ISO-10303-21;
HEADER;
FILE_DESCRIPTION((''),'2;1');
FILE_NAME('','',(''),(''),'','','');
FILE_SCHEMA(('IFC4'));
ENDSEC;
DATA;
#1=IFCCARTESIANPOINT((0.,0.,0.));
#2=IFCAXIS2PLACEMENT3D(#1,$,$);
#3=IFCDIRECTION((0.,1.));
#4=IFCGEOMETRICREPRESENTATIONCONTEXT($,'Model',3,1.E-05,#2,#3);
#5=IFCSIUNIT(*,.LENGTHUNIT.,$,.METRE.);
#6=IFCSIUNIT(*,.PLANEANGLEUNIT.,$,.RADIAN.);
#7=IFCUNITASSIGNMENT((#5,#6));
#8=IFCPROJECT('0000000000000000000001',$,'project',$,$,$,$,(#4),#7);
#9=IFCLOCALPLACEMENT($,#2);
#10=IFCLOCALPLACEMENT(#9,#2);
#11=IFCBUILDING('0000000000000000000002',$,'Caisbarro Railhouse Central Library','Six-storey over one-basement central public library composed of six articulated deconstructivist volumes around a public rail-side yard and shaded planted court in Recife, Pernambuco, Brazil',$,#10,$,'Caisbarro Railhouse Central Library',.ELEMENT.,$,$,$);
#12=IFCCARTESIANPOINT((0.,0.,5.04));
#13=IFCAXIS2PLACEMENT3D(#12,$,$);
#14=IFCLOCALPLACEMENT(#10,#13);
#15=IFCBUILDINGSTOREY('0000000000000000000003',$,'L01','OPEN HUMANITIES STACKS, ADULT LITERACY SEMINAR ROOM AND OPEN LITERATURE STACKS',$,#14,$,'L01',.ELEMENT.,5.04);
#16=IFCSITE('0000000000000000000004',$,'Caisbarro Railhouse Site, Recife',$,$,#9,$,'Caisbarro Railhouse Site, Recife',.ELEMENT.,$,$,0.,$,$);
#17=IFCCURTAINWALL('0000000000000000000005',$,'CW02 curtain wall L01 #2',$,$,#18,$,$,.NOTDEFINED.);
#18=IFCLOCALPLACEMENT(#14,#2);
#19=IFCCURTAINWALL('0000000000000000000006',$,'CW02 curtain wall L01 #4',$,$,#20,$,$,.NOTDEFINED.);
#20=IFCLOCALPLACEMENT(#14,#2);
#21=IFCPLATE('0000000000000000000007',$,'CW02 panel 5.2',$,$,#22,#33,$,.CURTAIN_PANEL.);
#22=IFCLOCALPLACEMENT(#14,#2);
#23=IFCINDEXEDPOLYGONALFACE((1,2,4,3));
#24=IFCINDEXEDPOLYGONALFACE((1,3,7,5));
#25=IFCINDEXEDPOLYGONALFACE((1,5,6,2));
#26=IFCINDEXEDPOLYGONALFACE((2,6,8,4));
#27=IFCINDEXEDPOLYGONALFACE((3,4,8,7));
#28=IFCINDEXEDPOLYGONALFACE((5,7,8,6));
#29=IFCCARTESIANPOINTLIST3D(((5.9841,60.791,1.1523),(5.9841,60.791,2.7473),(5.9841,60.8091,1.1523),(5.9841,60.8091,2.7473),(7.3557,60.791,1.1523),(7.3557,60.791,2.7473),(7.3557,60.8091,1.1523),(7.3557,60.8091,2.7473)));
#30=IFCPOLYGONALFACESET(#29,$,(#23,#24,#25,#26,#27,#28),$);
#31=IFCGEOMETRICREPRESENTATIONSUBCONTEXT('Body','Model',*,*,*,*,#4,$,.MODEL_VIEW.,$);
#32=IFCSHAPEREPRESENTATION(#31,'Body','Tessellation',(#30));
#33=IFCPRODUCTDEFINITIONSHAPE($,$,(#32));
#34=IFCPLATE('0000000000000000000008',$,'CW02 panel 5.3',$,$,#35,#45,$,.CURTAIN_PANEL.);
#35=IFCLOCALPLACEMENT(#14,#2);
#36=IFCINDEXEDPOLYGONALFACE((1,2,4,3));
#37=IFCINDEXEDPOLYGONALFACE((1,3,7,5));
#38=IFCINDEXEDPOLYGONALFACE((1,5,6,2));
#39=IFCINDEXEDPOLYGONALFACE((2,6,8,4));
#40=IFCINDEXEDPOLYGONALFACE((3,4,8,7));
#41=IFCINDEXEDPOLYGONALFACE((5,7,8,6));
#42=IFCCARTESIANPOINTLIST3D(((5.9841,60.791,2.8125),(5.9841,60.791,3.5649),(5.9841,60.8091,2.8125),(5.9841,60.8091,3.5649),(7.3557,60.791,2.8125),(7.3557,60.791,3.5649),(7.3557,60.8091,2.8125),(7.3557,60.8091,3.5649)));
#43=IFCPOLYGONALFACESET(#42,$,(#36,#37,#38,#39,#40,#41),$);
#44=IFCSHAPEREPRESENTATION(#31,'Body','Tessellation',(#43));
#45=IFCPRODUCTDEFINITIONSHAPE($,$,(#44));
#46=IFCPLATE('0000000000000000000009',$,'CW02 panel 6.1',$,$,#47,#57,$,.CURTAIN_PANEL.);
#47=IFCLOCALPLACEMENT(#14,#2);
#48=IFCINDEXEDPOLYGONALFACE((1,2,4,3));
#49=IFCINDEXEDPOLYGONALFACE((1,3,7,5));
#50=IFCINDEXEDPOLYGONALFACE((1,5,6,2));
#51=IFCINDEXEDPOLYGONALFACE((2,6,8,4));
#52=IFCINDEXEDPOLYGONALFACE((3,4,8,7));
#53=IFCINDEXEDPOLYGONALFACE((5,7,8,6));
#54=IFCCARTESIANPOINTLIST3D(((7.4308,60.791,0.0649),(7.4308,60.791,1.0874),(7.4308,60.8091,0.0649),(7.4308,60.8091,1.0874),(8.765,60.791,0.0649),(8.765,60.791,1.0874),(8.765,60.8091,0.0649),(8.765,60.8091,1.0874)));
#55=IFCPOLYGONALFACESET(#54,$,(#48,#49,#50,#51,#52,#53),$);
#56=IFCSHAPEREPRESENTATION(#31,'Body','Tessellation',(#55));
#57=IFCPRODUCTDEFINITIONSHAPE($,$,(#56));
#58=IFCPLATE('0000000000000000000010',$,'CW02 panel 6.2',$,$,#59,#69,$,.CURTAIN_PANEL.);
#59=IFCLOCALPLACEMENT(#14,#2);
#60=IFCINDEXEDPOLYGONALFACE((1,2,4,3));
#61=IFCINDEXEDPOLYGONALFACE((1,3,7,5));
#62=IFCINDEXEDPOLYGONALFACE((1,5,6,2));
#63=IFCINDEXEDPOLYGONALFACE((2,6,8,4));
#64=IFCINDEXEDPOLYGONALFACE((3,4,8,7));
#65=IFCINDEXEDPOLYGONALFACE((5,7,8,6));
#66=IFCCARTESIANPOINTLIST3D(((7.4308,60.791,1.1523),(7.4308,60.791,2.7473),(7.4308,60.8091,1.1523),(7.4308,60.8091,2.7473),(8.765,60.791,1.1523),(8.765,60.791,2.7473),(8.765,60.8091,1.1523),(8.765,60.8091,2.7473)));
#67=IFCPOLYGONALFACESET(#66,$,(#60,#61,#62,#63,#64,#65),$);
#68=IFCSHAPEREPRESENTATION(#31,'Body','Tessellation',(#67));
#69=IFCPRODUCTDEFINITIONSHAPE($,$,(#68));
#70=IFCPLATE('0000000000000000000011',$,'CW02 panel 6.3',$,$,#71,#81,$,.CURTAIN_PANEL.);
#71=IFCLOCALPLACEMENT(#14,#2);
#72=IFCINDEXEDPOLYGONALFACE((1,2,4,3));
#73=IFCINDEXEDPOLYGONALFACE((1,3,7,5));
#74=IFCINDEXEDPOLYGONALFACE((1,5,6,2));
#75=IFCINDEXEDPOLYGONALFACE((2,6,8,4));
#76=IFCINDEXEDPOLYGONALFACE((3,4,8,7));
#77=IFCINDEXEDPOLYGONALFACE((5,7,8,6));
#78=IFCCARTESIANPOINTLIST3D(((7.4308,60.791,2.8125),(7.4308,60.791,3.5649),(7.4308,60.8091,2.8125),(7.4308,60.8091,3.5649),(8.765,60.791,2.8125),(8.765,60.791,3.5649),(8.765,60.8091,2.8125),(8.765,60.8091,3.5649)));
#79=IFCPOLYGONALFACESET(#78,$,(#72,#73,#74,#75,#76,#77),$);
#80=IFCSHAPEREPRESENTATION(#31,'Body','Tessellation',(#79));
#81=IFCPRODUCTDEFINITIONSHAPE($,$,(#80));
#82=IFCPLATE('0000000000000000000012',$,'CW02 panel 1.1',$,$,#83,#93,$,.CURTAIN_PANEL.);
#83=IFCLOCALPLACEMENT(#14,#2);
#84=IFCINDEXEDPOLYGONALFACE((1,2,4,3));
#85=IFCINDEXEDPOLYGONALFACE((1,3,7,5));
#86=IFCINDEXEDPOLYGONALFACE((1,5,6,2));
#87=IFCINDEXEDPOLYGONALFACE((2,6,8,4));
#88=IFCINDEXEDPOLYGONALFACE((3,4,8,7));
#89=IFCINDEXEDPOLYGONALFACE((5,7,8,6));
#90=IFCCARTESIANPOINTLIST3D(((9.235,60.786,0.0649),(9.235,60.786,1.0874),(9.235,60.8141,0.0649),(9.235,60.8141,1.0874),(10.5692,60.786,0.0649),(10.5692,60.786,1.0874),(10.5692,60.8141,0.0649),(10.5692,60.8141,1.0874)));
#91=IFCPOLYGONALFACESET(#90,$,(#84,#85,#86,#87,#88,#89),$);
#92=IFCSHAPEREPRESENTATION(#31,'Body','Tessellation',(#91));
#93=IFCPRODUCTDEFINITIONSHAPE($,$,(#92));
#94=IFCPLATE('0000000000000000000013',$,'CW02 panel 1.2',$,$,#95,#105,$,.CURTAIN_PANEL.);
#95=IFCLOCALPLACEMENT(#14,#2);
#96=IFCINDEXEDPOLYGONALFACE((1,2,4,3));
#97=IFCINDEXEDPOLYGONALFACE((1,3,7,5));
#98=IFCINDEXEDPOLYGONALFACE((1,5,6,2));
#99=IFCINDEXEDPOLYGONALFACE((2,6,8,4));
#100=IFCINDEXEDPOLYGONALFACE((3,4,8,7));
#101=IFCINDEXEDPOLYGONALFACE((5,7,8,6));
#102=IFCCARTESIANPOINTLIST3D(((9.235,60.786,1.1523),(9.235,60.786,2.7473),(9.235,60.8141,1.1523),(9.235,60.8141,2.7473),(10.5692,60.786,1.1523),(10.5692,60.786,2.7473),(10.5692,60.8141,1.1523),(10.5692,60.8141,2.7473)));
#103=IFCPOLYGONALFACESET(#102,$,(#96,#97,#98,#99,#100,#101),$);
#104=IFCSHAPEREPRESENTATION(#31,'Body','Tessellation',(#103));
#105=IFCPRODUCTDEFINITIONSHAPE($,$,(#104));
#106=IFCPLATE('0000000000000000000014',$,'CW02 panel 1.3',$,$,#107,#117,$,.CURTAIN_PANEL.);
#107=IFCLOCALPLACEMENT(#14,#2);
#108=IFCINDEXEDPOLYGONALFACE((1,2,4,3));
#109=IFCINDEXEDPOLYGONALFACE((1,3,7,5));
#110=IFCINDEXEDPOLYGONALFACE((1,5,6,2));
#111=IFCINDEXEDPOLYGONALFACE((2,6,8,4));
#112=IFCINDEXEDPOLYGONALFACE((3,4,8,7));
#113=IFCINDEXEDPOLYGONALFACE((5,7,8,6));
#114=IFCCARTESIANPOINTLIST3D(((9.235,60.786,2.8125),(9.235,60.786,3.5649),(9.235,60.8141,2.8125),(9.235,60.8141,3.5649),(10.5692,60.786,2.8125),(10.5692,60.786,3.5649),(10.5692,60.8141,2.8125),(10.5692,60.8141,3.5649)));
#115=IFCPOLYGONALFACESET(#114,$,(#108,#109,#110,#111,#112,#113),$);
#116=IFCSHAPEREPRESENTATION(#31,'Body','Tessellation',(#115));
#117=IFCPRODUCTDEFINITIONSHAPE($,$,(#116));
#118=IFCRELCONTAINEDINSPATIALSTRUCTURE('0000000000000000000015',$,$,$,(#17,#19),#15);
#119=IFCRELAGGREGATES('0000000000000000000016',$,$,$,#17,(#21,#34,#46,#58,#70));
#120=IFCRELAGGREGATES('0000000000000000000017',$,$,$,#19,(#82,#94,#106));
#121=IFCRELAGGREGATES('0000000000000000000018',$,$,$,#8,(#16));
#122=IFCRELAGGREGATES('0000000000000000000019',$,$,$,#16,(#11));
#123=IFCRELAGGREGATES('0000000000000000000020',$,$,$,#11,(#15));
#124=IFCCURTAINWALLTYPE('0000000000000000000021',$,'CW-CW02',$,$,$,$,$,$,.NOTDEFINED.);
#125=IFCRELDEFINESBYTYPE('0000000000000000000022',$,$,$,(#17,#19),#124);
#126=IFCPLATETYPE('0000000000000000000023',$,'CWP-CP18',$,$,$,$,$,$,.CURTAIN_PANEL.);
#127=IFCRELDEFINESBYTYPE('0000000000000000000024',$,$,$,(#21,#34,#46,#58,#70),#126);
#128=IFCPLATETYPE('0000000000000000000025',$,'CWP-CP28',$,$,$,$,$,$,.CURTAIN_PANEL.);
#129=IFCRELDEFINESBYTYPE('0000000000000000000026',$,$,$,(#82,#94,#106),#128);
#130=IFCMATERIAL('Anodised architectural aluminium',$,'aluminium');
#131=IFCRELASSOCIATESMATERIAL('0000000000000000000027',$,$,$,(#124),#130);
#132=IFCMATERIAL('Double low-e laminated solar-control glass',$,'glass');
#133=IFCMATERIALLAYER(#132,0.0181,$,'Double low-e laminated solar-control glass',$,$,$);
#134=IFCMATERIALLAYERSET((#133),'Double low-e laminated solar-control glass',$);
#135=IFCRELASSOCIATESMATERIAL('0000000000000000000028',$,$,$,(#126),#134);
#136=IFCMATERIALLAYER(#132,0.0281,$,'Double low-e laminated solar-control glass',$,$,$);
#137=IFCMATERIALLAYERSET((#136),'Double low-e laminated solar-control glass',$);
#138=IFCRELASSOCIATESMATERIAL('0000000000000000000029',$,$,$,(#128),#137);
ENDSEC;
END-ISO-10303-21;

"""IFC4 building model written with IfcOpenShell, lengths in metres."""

from ifc_helpers import new_model, si_unit, direction, frame, origin, origin_2d, place, context, subcontext, project, spatial, rectangle, extrude, material, layer, layer_set, type_object, element, aggregate, save


model = new_model("IFC4")

# Units and contexts
model_context = context("Model", 3, precision=1e-05, world=origin(), true_north=direction((0.0, 1.0)))
body_context = subcontext(model_context, "Body", "Model", "MODEL_VIEW")
ifc_project = project(units=[si_unit("LENGTHUNIT", "METRE"), si_unit("PLANEANGLEUNIT", "RADIAN")], contexts=[model_context])

# Site, building, storey
site_placement = place(None, origin())
site = spatial("IfcSite", under=ifc_project, at=site_placement, Name="Caisbarro Railhouse Site, Recife", LongName="Caisbarro Railhouse Site, Recife", CompositionType="ELEMENT", RefElevation=0.0)
building_placement = place(site_placement, origin())
building = spatial("IfcBuilding", under=site, at=building_placement, Name="Caisbarro Railhouse Central Library", Description="Six-storey over one-basement central public library composed of six articulated deconstructivist volumes around a public rail-side yard and shaded planted court in Recife, Pernambuco, Brazil", LongName="Caisbarro Railhouse Central Library", CompositionType="ELEMENT")
storey_placement = place(building_placement, frame((0.0, 0.0, 5.04)))
storey = spatial("IfcBuildingStorey", under=building, at=storey_placement, Name="L01", Description="OPEN HUMANITIES STACKS, ADULT LITERACY SEMINAR ROOM AND OPEN LITERATURE STACKS", LongName="L01", CompositionType="ELEMENT", Elevation=5.04)

# Curtain walls
ifc_material_1 = material(Name="Anodised architectural aluminium", Category="aluminium")
curtain_wall_type = type_object("IfcCurtainWallType", Name="CW-CW02", PredefinedType="NOTDEFINED", material=ifc_material_1)
curtain_wall_1_placement = place(storey_placement, origin())
curtain_wall_1 = element("IfcCurtainWall", 1, at=curtain_wall_1_placement, inside=storey, type_object=curtain_wall_type, Name="CW02 curtain wall L01 #2", PredefinedType="NOTDEFINED")
curtain_wall_2_placement = place(storey_placement, origin())
curtain_wall_2 = element("IfcCurtainWall", 2, at=curtain_wall_2_placement, inside=storey, type_object=curtain_wall_type, Name="CW02 curtain wall L01 #4", PredefinedType="NOTDEFINED")

# Plates
ifc_material_2 = material(Name="Double low-e laminated solar-control glass", Category="glass")
ifc_layer_1 = layer(ifc_material_2, 0.0181, Name="Double low-e laminated solar-control glass")
ifc_layer_set_1 = layer_set([ifc_layer_1], Name="Double low-e laminated solar-control glass")
plate_type_1 = type_object("IfcPlateType", Name="CWP-CP18", PredefinedType="CURTAIN_PANEL", material=ifc_layer_set_1)
plate_1_placement = place(storey_placement, frame((6.6699, 60.8, 1.1523), z_axis=(0.0, 0.0, 1.0), x_axis=(1.0, 0.0, 0.0)))
plate_1 = element("IfcPlate", 3, at=plate_1_placement, type_object=plate_type_1, Name="CW02 panel 5.2", PredefinedType="CURTAIN_PANEL", context=body_context, shape_type="SweptSolid", body=[
    extrude(rectangle(XDim=1.3716, YDim=0.0181, at=origin_2d()), origin(), (0.0, 0.0, 1.0), 1.595),
])
plate_2_placement = place(storey_placement, frame((6.6699, 60.8, 2.8125), z_axis=(0.0, 0.0, 1.0), x_axis=(1.0, 0.0, 0.0)))
plate_2 = element("IfcPlate", 4, at=plate_2_placement, type_object=plate_type_1, Name="CW02 panel 5.3", PredefinedType="CURTAIN_PANEL", context=body_context, shape_type="SweptSolid", body=[
    extrude(rectangle(XDim=1.3716, YDim=0.0181, at=origin_2d()), origin(), (0.0, 0.0, 1.0), 0.7524),
])
plate_3_placement = place(storey_placement, frame((8.0979, 60.8, 0.0649), z_axis=(0.0, 0.0, 1.0), x_axis=(1.0, 0.0, 0.0)))
plate_3 = element("IfcPlate", 5, at=plate_3_placement, type_object=plate_type_1, Name="CW02 panel 6.1", PredefinedType="CURTAIN_PANEL", context=body_context, shape_type="SweptSolid", body=[
    extrude(rectangle(XDim=1.3342, YDim=0.0181, at=origin_2d()), origin(), (0.0, 0.0, 1.0), 1.0225),
])
plate_4_placement = place(storey_placement, frame((8.0979, 60.8, 1.1523), z_axis=(0.0, 0.0, 1.0), x_axis=(1.0, 0.0, 0.0)))
plate_4 = element("IfcPlate", 6, at=plate_4_placement, type_object=plate_type_1, Name="CW02 panel 6.2", PredefinedType="CURTAIN_PANEL", context=body_context, shape_type="SweptSolid", body=[
    extrude(rectangle(XDim=1.3342, YDim=0.0181, at=origin_2d()), origin(), (0.0, 0.0, 1.0), 1.595),
])
plate_5_placement = place(storey_placement, frame((8.0979, 60.8, 2.8125), z_axis=(0.0, 0.0, 1.0), x_axis=(1.0, 0.0, 0.0)))
plate_5 = element("IfcPlate", 7, at=plate_5_placement, type_object=plate_type_1, Name="CW02 panel 6.3", PredefinedType="CURTAIN_PANEL", context=body_context, shape_type="SweptSolid", body=[
    extrude(rectangle(XDim=1.3342, YDim=0.0181, at=origin_2d()), origin(), (0.0, 0.0, 1.0), 0.7524),
])
aggregate(curtain_wall_1, [plate_1, plate_2, plate_3, plate_4, plate_5])
ifc_layer_2 = layer(ifc_material_2, 0.0281, Name="Double low-e laminated solar-control glass")
ifc_layer_set_2 = layer_set([ifc_layer_2], Name="Double low-e laminated solar-control glass")
plate_type_2 = type_object("IfcPlateType", Name="CWP-CP28", PredefinedType="CURTAIN_PANEL", material=ifc_layer_set_2)
plate_6_placement = place(storey_placement, frame((9.9021, 60.8, 0.0649), z_axis=(0.0, 0.0, 1.0), x_axis=(1.0, 0.0, 0.0)))
plate_6 = element("IfcPlate", 8, at=plate_6_placement, type_object=plate_type_2, Name="CW02 panel 1.1", PredefinedType="CURTAIN_PANEL", context=body_context, shape_type="SweptSolid", body=[
    extrude(rectangle(XDim=1.3342, YDim=0.0281, at=origin_2d()), origin(), (0.0, 0.0, 1.0), 1.0225),
])
plate_7_placement = place(storey_placement, frame((9.9021, 60.8, 1.1523), z_axis=(0.0, 0.0, 1.0), x_axis=(1.0, 0.0, 0.0)))
plate_7 = element("IfcPlate", 9, at=plate_7_placement, type_object=plate_type_2, Name="CW02 panel 1.2", PredefinedType="CURTAIN_PANEL", context=body_context, shape_type="SweptSolid", body=[
    extrude(rectangle(XDim=1.3342, YDim=0.0281, at=origin_2d()), origin(), (0.0, 0.0, 1.0), 1.595),
])
plate_8_placement = place(storey_placement, frame((9.9021, 60.8, 2.8125), z_axis=(0.0, 0.0, 1.0), x_axis=(1.0, 0.0, 0.0)))
plate_8 = element("IfcPlate", 10, at=plate_8_placement, type_object=plate_type_2, Name="CW02 panel 1.3", PredefinedType="CURTAIN_PANEL", context=body_context, shape_type="SweptSolid", body=[
    extrude(rectangle(XDim=1.3342, YDim=0.0281, at=origin_2d()), origin(), (0.0, 0.0, 1.0), 0.7524),
])
aggregate(curtain_wall_2, [plate_6, plate_7, plate_8])

save(model, "model.ifc")
